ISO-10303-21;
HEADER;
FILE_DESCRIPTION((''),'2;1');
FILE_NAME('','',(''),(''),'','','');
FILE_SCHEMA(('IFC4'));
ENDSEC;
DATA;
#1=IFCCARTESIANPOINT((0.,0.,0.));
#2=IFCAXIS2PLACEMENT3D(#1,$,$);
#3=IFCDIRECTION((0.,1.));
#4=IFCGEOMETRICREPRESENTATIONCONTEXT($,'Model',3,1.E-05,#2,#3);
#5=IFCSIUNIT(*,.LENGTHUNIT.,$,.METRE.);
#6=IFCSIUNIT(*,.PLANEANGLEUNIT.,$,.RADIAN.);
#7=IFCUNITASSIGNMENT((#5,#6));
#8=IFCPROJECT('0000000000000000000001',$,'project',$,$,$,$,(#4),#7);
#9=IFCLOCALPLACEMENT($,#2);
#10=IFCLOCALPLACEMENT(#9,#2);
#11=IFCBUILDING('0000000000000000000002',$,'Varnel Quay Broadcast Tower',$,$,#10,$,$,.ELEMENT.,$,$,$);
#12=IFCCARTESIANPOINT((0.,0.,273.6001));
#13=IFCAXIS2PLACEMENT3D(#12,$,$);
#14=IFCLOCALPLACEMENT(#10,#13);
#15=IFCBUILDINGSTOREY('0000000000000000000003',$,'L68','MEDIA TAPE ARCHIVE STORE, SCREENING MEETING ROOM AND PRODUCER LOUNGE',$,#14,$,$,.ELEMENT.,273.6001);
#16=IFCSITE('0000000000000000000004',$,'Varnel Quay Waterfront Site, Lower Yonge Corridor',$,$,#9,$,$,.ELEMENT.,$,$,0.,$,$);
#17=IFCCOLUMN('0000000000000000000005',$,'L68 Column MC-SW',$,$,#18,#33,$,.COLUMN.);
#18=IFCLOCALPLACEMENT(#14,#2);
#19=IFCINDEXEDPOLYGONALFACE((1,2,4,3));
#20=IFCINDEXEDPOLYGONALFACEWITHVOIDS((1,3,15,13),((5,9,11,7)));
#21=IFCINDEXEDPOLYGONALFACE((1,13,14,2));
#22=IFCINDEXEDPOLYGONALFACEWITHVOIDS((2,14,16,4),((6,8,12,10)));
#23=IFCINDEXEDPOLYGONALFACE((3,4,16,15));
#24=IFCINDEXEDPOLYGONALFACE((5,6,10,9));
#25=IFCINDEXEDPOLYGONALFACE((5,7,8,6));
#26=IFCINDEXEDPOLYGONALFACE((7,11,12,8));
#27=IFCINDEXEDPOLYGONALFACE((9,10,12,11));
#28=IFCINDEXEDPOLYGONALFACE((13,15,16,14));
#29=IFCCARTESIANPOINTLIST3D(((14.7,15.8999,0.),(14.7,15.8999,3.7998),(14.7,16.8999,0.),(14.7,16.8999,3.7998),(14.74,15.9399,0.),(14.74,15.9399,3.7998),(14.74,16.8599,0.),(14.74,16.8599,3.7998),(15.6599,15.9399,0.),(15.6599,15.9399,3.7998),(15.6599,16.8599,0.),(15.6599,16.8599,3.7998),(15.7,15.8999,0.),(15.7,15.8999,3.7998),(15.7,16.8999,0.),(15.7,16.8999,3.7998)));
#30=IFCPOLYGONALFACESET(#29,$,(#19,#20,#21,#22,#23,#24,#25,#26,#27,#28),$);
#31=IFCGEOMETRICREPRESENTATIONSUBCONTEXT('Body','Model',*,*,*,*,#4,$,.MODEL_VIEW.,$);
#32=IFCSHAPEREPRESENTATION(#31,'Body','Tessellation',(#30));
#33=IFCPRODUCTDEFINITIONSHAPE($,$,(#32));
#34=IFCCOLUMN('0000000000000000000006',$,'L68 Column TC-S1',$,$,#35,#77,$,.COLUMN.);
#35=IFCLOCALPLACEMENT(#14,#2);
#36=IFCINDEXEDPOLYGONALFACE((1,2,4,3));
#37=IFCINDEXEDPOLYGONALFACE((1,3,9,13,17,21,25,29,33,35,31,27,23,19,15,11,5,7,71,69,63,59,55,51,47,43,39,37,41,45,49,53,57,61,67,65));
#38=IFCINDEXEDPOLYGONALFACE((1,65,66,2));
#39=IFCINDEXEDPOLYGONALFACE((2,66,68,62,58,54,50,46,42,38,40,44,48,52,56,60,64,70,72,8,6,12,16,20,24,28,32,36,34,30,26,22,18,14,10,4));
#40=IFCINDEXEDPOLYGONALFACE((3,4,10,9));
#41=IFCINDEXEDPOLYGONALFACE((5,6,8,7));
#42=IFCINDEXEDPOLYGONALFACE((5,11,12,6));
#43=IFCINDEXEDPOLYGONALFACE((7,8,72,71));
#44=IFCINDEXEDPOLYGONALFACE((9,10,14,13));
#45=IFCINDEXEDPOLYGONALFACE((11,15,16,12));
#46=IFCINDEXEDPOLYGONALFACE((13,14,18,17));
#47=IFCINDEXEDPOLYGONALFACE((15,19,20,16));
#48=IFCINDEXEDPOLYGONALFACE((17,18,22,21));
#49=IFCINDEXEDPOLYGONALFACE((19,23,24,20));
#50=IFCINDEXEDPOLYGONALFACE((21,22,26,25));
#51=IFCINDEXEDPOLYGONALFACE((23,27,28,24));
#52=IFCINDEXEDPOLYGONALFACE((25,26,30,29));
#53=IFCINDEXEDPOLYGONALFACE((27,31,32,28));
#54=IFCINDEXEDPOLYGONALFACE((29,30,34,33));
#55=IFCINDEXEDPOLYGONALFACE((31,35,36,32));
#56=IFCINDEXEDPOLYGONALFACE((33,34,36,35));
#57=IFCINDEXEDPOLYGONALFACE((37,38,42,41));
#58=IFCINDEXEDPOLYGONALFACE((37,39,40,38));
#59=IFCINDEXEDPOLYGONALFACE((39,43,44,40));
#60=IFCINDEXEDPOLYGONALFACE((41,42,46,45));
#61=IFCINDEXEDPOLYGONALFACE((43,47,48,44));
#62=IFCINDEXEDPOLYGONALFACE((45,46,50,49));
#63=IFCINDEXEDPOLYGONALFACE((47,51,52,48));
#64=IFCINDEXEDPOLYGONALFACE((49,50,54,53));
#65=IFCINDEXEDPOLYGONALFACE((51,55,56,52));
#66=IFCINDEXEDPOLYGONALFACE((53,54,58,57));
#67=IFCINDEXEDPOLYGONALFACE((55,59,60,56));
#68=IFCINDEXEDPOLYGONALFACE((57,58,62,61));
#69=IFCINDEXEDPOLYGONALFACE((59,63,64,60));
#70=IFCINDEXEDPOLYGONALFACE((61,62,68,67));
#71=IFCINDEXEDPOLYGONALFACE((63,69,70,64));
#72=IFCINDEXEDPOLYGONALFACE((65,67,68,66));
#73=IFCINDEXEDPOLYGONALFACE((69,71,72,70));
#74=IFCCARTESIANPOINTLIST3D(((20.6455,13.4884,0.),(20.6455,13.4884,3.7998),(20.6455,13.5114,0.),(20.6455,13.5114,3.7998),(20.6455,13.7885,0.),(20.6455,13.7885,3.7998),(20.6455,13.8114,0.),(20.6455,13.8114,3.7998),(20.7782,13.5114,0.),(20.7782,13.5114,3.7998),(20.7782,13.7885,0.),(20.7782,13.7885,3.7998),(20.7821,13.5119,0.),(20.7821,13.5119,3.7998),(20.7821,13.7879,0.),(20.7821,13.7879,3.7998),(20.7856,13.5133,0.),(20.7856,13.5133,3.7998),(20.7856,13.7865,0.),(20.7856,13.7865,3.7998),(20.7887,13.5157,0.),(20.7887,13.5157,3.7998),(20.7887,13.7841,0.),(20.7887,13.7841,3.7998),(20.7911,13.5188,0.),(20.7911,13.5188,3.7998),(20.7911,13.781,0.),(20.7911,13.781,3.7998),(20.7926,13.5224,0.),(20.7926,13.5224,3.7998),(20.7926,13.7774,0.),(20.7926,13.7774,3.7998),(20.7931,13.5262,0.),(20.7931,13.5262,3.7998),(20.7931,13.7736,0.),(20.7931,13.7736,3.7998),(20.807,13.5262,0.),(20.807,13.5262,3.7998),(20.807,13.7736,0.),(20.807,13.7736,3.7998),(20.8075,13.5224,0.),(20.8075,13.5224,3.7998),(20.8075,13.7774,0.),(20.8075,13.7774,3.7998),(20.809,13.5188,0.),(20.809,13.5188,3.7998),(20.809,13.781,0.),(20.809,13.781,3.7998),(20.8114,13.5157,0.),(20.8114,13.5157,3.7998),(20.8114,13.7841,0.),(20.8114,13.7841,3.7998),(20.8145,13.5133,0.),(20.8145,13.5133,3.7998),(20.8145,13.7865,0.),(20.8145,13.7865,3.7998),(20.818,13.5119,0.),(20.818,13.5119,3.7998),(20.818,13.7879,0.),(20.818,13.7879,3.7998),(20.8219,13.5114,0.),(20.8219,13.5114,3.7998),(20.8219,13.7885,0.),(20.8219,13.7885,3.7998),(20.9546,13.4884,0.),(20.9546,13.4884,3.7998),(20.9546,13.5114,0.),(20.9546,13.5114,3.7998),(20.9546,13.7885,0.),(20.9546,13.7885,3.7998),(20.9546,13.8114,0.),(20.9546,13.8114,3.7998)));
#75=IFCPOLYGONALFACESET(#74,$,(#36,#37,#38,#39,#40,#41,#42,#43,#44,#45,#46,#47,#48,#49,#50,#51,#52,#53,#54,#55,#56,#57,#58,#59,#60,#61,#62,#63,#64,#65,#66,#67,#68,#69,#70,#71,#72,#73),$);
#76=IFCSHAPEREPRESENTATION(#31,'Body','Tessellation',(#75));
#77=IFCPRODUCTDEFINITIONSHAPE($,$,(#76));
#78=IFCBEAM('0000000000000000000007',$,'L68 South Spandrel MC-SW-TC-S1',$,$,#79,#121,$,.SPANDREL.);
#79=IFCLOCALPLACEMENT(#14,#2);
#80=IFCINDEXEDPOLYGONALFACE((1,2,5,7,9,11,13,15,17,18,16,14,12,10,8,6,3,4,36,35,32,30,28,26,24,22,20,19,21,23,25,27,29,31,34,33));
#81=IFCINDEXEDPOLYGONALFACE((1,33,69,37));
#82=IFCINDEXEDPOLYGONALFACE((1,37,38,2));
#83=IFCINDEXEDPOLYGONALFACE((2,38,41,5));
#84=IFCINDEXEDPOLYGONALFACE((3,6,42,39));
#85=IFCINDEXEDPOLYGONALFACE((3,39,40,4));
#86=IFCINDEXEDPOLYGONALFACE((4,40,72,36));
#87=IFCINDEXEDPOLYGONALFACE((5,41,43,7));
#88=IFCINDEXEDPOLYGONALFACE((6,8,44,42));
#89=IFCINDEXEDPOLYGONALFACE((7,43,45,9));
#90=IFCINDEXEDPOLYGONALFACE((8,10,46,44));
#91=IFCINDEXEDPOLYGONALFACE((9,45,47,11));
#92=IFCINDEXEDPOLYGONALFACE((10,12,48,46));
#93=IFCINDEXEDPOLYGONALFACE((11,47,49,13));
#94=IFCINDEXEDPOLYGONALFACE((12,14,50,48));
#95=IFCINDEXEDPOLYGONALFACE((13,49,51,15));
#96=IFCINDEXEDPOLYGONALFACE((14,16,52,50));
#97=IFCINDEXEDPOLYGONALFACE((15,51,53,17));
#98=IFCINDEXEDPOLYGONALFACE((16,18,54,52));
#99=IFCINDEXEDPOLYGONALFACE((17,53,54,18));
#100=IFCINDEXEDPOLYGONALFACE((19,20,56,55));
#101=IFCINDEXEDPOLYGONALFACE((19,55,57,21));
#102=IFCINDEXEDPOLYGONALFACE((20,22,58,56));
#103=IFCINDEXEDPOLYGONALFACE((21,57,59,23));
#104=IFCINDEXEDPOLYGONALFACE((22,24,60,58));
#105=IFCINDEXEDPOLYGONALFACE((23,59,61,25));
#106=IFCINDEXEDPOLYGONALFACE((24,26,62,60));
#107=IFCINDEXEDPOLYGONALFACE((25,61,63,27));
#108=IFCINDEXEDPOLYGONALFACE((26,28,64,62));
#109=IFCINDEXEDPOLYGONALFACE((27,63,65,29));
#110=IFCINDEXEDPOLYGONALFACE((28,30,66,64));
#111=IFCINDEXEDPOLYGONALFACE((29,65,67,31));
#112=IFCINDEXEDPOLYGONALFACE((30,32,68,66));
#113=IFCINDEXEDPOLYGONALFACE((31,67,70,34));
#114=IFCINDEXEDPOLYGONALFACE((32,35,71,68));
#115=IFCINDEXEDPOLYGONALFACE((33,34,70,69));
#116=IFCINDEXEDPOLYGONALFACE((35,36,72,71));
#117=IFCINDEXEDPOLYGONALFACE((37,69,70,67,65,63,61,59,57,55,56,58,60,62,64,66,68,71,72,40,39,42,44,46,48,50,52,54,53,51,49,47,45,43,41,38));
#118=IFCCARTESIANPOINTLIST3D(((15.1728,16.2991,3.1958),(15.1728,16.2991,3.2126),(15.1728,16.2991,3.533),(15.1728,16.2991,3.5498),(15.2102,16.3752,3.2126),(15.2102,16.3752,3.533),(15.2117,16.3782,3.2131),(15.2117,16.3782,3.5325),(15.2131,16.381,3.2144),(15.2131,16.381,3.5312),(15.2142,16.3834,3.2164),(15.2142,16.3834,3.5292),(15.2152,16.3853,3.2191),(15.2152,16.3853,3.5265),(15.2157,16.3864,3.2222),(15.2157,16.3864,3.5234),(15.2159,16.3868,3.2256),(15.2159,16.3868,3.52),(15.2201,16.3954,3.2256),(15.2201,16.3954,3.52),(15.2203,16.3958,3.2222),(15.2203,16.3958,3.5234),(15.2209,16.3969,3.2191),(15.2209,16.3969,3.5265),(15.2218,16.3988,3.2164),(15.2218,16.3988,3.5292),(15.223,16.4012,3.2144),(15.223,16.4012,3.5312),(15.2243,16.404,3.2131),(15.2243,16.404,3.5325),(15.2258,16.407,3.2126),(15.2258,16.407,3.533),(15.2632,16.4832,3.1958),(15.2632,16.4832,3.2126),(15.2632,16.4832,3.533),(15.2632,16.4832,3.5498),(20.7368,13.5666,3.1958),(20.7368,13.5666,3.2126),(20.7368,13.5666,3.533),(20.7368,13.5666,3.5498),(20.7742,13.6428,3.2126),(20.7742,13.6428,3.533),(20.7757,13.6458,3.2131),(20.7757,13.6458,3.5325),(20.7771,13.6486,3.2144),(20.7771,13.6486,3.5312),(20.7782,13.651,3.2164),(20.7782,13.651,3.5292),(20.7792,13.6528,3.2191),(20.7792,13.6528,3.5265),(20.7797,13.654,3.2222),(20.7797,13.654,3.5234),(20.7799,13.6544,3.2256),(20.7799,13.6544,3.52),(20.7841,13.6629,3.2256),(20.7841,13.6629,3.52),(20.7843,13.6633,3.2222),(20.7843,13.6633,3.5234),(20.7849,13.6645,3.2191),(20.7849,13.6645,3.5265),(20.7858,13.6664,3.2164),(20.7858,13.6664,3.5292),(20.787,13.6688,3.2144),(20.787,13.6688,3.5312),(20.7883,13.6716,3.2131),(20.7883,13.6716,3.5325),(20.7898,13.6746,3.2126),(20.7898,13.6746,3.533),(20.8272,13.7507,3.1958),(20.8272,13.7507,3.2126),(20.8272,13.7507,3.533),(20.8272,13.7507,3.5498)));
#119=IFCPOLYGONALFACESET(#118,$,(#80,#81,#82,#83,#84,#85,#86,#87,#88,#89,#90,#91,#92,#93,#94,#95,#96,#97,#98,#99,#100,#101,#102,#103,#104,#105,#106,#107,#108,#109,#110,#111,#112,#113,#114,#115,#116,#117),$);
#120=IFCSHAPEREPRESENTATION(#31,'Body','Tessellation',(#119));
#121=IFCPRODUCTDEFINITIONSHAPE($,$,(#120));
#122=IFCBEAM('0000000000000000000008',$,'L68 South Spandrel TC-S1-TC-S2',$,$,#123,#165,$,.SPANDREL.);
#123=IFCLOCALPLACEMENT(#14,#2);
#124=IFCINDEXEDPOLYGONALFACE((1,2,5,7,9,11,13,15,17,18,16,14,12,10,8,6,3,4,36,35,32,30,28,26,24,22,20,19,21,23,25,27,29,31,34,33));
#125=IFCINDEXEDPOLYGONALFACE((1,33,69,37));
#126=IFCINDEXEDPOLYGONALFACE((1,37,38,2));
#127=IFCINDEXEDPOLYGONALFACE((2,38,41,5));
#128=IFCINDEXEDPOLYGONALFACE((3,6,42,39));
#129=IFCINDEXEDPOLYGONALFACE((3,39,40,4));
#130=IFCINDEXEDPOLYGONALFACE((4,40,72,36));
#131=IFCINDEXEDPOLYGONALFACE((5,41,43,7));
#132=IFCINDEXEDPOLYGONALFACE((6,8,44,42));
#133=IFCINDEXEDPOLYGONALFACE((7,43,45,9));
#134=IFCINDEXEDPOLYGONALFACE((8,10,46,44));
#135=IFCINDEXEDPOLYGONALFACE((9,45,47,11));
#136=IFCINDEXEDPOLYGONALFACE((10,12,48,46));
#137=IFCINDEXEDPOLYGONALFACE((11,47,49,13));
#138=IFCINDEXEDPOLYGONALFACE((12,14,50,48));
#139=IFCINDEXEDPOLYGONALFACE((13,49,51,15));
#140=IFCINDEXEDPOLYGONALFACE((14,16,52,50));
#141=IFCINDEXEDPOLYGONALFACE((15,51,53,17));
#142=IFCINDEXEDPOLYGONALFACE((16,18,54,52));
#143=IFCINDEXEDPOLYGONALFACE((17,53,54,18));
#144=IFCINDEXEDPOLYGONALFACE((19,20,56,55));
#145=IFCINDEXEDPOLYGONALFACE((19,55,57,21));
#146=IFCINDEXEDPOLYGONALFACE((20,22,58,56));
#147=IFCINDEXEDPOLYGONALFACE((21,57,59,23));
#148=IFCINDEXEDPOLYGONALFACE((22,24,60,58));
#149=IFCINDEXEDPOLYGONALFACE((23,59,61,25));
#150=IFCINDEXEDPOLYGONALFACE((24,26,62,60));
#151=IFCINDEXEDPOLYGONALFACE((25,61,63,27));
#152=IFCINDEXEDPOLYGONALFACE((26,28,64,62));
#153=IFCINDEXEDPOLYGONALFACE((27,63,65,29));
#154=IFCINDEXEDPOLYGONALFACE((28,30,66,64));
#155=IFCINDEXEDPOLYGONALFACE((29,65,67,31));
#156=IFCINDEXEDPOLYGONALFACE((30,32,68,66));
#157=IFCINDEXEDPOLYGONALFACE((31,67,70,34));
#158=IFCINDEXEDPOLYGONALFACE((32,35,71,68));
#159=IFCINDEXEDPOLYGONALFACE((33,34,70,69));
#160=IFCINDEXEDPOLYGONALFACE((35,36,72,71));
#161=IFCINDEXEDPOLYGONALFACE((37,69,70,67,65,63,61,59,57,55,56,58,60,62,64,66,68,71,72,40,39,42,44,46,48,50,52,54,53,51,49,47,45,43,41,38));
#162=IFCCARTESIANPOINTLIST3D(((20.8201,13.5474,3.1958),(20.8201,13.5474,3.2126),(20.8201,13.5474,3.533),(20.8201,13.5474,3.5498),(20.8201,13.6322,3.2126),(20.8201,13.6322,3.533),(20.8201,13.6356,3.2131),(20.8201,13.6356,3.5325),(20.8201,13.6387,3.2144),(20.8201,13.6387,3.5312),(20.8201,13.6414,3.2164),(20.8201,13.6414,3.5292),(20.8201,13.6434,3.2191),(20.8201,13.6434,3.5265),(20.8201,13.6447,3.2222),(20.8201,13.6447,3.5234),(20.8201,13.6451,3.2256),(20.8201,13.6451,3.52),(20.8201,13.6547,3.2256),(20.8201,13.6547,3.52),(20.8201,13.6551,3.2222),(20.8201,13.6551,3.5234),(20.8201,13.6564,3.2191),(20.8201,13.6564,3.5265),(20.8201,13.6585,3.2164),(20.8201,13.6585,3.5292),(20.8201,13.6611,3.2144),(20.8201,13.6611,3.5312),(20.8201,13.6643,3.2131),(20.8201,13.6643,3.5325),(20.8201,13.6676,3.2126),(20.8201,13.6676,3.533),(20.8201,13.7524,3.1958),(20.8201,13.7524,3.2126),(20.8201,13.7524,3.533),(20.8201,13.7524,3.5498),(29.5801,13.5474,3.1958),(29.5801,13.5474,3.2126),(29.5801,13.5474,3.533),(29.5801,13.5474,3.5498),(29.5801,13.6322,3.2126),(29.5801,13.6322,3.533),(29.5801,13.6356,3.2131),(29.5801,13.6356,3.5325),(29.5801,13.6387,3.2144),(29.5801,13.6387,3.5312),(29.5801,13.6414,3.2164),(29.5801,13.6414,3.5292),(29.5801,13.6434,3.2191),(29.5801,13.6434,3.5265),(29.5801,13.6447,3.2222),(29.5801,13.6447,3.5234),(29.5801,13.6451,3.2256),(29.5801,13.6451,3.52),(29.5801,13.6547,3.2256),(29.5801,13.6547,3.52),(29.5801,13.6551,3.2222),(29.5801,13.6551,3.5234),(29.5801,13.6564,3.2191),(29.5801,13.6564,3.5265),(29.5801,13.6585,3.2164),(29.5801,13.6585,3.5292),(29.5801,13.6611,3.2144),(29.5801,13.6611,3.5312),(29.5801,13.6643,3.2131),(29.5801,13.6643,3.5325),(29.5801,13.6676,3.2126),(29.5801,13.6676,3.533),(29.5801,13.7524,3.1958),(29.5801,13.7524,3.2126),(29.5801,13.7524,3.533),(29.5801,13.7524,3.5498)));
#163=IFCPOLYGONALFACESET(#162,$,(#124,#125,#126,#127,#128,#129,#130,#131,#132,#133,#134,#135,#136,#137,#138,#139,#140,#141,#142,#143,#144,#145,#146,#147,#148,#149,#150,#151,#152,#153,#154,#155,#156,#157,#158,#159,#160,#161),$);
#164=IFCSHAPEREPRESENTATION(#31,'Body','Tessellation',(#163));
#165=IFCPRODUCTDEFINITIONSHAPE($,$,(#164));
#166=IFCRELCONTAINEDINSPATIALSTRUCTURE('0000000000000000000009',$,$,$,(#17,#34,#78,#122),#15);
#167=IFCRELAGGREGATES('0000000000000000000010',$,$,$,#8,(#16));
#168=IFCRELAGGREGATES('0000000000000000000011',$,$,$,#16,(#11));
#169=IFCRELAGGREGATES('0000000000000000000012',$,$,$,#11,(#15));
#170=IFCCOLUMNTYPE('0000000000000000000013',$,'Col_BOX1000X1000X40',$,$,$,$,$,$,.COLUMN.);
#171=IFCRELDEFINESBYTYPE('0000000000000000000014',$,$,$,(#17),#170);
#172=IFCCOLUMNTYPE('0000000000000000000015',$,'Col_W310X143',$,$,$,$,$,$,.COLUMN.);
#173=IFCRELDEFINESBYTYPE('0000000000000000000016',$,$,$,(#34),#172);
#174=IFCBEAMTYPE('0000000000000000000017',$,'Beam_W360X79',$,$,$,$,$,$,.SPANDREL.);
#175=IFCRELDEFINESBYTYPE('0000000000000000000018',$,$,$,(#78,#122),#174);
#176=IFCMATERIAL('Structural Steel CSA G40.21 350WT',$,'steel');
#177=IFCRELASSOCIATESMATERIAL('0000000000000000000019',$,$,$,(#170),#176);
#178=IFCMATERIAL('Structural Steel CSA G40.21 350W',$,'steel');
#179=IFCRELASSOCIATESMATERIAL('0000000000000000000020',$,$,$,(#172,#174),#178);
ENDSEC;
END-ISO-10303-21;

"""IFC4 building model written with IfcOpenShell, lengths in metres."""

from ifc_helpers import new_model, si_unit, direction, frame, origin, origin_2d, place, context, subcontext, project, spatial, hollow_rectangle, i_section, extrude, source, transform, mapped, material, material_profile, profile_set, type_object, type_shapes, element, save


model = new_model("IFC4")

# Units and contexts
model_context = context("Model", 3, precision=1e-05, world=origin(), true_north=direction((0.0, 1.0)))
body_context = subcontext(model_context, "Body", "Model", "MODEL_VIEW")
ifc_project = project(units=[si_unit("LENGTHUNIT", "METRE"), si_unit("PLANEANGLEUNIT", "RADIAN")], contexts=[model_context])

# Site, building, storey
site_placement = place(None, origin())
site = spatial("IfcSite", under=ifc_project, at=site_placement, Name="Varnel Quay Waterfront Site, Lower Yonge Corridor", CompositionType="ELEMENT", RefElevation=0.0)
building_placement = place(site_placement, origin())
building = spatial("IfcBuilding", under=site, at=building_placement, Name="Varnel Quay Broadcast Tower", CompositionType="ELEMENT")
storey_placement = place(building_placement, frame((0.0, 0.0, 273.6001)))
storey = spatial("IfcBuildingStorey", under=building, at=storey_placement, Name="L68", Description="MEDIA TAPE ARCHIVE STORE, SCREENING MEETING ROOM AND PRODUCER LOUNGE", CompositionType="ELEMENT", Elevation=273.6001)

# Columns
ifc_material_1 = material(Name="Structural Steel CSA G40.21 350WT", Category="steel")
ifc_material_profile_1 = material_profile(ifc_material_1, hollow_rectangle(XDim=1.0, YDim=1.0, WallThickness=0.04, at=origin_2d()), Name="BOX1000X1000X40")
ifc_profile_set_1 = profile_set([ifc_material_profile_1], Name="Structural Steel CSA G40.21 350WT")
column_type_1 = type_object("IfcColumnType", Name="Col_BOX1000X1000X40", PredefinedType="COLUMN", material=ifc_profile_set_1)
shared_shape_1 = source(origin(), body_context, "Body", "SweptSolid", [
    extrude(hollow_rectangle(XDim=1.0, YDim=1.0, WallThickness=0.04, at=origin_2d()), origin(), (0.0, 0.0, 1.0), 3.7998),
])
type_shapes(column_type_1, [shared_shape_1])
column_1_placement = place(storey_placement, frame((15.2, 16.3999, 0.0), z_axis=(0.0, 0.0, 1.0), x_axis=(1.0, 0.0, 0.0)))
element("IfcColumn", 1, at=column_1_placement, inside=storey, type_object=column_type_1, Name="L68 Column MC-SW", PredefinedType="COLUMN", context=body_context, shape_type="MappedRepresentation", body=[
    mapped(shared_shape_1, transform((0.0, 0.0, 0.0), x_axis=(1.0, 0.0, 0.0), y_axis=(0.0, 1.0, 0.0), z_axis=(0.0, 0.0, 1.0), scale=1.0)),
])
ifc_material_2 = material(Name="Structural Steel CSA G40.21 350W", Category="steel")
ifc_material_profile_2 = material_profile(ifc_material_2, i_section(OverallWidth=0.3091, OverallDepth=0.323, WebThickness=0.0139, FlangeThickness=0.0229, FilletRadius=0.0149, at=origin_2d()), Name="W310X143")
ifc_profile_set_2 = profile_set([ifc_material_profile_2], Name="Structural Steel CSA G40.21 350W")
column_type_2 = type_object("IfcColumnType", Name="Col_W310X143", PredefinedType="COLUMN", material=ifc_profile_set_2)
shared_shape_2 = source(origin(), body_context, "Body", "SweptSolid", [
    extrude(i_section(OverallWidth=0.3091, OverallDepth=0.323, WebThickness=0.0139, FlangeThickness=0.0229, FilletRadius=0.0149, at=origin_2d()), origin(), (0.0, 0.0, 1.0), 3.7998),
])
type_shapes(column_type_2, [shared_shape_2])
column_2_placement = place(storey_placement, frame((20.8, 13.6499, 0.0), z_axis=(0.0, 0.0, 1.0), x_axis=(1.0, 0.0, 0.0)))
element("IfcColumn", 2, at=column_2_placement, inside=storey, type_object=column_type_2, Name="L68 Column TC-S1", PredefinedType="COLUMN", context=body_context, shape_type="MappedRepresentation", body=[
    mapped(shared_shape_2, transform((0.0, 0.0, 0.0), x_axis=(1.0, 0.0, 0.0), y_axis=(0.0, 1.0, 0.0), z_axis=(0.0, 0.0, 1.0), scale=1.0)),
])

# Beams
ifc_material_profile_3 = material_profile(ifc_material_2, i_section(OverallWidth=0.2051, OverallDepth=0.354, WebThickness=0.0095, FlangeThickness=0.0168, FilletRadius=0.0129, at=origin_2d()), Name="W360X79")
ifc_profile_set_3 = profile_set([ifc_material_profile_3], Name="Structural Steel CSA G40.21 350W")
beam_type_1 = type_object("IfcBeamType", Name="Beam_W360X79", PredefinedType="SPANDREL", material=ifc_profile_set_3)
shared_shape_3 = source(origin(), body_context, "Body", "SweptSolid", [
    extrude(i_section(OverallWidth=0.2051, OverallDepth=0.354, WebThickness=0.0095, FlangeThickness=0.0168, FilletRadius=0.0129, at=origin_2d()), origin(), (0.0, 0.0, 1.0), 6.1987),
])
beam_1_placement = place(storey_placement, frame((15.218, 16.3911, 3.3728), z_axis=(0.897602, -0.440806, 0.0), x_axis=(0.440806, 0.897602, 0.0)))
element("IfcBeam", 3, at=beam_1_placement, inside=storey, type_object=beam_type_1, Name="L68 South Spandrel MC-SW-TC-S1", PredefinedType="SPANDREL", context=body_context, shape_type="MappedRepresentation", body=[
    mapped(shared_shape_3, transform((0.0, 0.0, 0.0), x_axis=(1.0, 0.0, 0.0), y_axis=(0.0, 1.0, 0.0), z_axis=(0.0, 0.0, 1.0), scale=1.0)),
])
shared_shape_4 = source(origin(), body_context, "Body", "SweptSolid", [
    extrude(i_section(OverallWidth=0.2051, OverallDepth=0.354, WebThickness=0.0095, FlangeThickness=0.0168, FilletRadius=0.0129, at=origin_2d()), origin(), (0.0, 0.0, 1.0), 8.76),
])
beam_2_placement = place(storey_placement, frame((20.8201, 13.6499, 3.3728), z_axis=(1.0, 0.0, 0.0), x_axis=(0.0, 1.0, 0.0)))
element("IfcBeam", 4, at=beam_2_placement, inside=storey, type_object=beam_type_1, Name="L68 South Spandrel TC-S1-TC-S2", PredefinedType="SPANDREL", context=body_context, shape_type="MappedRepresentation", body=[
    mapped(shared_shape_4, transform((0.0, 0.0, 0.0), x_axis=(1.0, 0.0, 0.0), y_axis=(0.0, 1.0, 0.0), z_axis=(0.0, 0.0, 1.0), scale=1.0)),
])

save(model, "model.ifc")
